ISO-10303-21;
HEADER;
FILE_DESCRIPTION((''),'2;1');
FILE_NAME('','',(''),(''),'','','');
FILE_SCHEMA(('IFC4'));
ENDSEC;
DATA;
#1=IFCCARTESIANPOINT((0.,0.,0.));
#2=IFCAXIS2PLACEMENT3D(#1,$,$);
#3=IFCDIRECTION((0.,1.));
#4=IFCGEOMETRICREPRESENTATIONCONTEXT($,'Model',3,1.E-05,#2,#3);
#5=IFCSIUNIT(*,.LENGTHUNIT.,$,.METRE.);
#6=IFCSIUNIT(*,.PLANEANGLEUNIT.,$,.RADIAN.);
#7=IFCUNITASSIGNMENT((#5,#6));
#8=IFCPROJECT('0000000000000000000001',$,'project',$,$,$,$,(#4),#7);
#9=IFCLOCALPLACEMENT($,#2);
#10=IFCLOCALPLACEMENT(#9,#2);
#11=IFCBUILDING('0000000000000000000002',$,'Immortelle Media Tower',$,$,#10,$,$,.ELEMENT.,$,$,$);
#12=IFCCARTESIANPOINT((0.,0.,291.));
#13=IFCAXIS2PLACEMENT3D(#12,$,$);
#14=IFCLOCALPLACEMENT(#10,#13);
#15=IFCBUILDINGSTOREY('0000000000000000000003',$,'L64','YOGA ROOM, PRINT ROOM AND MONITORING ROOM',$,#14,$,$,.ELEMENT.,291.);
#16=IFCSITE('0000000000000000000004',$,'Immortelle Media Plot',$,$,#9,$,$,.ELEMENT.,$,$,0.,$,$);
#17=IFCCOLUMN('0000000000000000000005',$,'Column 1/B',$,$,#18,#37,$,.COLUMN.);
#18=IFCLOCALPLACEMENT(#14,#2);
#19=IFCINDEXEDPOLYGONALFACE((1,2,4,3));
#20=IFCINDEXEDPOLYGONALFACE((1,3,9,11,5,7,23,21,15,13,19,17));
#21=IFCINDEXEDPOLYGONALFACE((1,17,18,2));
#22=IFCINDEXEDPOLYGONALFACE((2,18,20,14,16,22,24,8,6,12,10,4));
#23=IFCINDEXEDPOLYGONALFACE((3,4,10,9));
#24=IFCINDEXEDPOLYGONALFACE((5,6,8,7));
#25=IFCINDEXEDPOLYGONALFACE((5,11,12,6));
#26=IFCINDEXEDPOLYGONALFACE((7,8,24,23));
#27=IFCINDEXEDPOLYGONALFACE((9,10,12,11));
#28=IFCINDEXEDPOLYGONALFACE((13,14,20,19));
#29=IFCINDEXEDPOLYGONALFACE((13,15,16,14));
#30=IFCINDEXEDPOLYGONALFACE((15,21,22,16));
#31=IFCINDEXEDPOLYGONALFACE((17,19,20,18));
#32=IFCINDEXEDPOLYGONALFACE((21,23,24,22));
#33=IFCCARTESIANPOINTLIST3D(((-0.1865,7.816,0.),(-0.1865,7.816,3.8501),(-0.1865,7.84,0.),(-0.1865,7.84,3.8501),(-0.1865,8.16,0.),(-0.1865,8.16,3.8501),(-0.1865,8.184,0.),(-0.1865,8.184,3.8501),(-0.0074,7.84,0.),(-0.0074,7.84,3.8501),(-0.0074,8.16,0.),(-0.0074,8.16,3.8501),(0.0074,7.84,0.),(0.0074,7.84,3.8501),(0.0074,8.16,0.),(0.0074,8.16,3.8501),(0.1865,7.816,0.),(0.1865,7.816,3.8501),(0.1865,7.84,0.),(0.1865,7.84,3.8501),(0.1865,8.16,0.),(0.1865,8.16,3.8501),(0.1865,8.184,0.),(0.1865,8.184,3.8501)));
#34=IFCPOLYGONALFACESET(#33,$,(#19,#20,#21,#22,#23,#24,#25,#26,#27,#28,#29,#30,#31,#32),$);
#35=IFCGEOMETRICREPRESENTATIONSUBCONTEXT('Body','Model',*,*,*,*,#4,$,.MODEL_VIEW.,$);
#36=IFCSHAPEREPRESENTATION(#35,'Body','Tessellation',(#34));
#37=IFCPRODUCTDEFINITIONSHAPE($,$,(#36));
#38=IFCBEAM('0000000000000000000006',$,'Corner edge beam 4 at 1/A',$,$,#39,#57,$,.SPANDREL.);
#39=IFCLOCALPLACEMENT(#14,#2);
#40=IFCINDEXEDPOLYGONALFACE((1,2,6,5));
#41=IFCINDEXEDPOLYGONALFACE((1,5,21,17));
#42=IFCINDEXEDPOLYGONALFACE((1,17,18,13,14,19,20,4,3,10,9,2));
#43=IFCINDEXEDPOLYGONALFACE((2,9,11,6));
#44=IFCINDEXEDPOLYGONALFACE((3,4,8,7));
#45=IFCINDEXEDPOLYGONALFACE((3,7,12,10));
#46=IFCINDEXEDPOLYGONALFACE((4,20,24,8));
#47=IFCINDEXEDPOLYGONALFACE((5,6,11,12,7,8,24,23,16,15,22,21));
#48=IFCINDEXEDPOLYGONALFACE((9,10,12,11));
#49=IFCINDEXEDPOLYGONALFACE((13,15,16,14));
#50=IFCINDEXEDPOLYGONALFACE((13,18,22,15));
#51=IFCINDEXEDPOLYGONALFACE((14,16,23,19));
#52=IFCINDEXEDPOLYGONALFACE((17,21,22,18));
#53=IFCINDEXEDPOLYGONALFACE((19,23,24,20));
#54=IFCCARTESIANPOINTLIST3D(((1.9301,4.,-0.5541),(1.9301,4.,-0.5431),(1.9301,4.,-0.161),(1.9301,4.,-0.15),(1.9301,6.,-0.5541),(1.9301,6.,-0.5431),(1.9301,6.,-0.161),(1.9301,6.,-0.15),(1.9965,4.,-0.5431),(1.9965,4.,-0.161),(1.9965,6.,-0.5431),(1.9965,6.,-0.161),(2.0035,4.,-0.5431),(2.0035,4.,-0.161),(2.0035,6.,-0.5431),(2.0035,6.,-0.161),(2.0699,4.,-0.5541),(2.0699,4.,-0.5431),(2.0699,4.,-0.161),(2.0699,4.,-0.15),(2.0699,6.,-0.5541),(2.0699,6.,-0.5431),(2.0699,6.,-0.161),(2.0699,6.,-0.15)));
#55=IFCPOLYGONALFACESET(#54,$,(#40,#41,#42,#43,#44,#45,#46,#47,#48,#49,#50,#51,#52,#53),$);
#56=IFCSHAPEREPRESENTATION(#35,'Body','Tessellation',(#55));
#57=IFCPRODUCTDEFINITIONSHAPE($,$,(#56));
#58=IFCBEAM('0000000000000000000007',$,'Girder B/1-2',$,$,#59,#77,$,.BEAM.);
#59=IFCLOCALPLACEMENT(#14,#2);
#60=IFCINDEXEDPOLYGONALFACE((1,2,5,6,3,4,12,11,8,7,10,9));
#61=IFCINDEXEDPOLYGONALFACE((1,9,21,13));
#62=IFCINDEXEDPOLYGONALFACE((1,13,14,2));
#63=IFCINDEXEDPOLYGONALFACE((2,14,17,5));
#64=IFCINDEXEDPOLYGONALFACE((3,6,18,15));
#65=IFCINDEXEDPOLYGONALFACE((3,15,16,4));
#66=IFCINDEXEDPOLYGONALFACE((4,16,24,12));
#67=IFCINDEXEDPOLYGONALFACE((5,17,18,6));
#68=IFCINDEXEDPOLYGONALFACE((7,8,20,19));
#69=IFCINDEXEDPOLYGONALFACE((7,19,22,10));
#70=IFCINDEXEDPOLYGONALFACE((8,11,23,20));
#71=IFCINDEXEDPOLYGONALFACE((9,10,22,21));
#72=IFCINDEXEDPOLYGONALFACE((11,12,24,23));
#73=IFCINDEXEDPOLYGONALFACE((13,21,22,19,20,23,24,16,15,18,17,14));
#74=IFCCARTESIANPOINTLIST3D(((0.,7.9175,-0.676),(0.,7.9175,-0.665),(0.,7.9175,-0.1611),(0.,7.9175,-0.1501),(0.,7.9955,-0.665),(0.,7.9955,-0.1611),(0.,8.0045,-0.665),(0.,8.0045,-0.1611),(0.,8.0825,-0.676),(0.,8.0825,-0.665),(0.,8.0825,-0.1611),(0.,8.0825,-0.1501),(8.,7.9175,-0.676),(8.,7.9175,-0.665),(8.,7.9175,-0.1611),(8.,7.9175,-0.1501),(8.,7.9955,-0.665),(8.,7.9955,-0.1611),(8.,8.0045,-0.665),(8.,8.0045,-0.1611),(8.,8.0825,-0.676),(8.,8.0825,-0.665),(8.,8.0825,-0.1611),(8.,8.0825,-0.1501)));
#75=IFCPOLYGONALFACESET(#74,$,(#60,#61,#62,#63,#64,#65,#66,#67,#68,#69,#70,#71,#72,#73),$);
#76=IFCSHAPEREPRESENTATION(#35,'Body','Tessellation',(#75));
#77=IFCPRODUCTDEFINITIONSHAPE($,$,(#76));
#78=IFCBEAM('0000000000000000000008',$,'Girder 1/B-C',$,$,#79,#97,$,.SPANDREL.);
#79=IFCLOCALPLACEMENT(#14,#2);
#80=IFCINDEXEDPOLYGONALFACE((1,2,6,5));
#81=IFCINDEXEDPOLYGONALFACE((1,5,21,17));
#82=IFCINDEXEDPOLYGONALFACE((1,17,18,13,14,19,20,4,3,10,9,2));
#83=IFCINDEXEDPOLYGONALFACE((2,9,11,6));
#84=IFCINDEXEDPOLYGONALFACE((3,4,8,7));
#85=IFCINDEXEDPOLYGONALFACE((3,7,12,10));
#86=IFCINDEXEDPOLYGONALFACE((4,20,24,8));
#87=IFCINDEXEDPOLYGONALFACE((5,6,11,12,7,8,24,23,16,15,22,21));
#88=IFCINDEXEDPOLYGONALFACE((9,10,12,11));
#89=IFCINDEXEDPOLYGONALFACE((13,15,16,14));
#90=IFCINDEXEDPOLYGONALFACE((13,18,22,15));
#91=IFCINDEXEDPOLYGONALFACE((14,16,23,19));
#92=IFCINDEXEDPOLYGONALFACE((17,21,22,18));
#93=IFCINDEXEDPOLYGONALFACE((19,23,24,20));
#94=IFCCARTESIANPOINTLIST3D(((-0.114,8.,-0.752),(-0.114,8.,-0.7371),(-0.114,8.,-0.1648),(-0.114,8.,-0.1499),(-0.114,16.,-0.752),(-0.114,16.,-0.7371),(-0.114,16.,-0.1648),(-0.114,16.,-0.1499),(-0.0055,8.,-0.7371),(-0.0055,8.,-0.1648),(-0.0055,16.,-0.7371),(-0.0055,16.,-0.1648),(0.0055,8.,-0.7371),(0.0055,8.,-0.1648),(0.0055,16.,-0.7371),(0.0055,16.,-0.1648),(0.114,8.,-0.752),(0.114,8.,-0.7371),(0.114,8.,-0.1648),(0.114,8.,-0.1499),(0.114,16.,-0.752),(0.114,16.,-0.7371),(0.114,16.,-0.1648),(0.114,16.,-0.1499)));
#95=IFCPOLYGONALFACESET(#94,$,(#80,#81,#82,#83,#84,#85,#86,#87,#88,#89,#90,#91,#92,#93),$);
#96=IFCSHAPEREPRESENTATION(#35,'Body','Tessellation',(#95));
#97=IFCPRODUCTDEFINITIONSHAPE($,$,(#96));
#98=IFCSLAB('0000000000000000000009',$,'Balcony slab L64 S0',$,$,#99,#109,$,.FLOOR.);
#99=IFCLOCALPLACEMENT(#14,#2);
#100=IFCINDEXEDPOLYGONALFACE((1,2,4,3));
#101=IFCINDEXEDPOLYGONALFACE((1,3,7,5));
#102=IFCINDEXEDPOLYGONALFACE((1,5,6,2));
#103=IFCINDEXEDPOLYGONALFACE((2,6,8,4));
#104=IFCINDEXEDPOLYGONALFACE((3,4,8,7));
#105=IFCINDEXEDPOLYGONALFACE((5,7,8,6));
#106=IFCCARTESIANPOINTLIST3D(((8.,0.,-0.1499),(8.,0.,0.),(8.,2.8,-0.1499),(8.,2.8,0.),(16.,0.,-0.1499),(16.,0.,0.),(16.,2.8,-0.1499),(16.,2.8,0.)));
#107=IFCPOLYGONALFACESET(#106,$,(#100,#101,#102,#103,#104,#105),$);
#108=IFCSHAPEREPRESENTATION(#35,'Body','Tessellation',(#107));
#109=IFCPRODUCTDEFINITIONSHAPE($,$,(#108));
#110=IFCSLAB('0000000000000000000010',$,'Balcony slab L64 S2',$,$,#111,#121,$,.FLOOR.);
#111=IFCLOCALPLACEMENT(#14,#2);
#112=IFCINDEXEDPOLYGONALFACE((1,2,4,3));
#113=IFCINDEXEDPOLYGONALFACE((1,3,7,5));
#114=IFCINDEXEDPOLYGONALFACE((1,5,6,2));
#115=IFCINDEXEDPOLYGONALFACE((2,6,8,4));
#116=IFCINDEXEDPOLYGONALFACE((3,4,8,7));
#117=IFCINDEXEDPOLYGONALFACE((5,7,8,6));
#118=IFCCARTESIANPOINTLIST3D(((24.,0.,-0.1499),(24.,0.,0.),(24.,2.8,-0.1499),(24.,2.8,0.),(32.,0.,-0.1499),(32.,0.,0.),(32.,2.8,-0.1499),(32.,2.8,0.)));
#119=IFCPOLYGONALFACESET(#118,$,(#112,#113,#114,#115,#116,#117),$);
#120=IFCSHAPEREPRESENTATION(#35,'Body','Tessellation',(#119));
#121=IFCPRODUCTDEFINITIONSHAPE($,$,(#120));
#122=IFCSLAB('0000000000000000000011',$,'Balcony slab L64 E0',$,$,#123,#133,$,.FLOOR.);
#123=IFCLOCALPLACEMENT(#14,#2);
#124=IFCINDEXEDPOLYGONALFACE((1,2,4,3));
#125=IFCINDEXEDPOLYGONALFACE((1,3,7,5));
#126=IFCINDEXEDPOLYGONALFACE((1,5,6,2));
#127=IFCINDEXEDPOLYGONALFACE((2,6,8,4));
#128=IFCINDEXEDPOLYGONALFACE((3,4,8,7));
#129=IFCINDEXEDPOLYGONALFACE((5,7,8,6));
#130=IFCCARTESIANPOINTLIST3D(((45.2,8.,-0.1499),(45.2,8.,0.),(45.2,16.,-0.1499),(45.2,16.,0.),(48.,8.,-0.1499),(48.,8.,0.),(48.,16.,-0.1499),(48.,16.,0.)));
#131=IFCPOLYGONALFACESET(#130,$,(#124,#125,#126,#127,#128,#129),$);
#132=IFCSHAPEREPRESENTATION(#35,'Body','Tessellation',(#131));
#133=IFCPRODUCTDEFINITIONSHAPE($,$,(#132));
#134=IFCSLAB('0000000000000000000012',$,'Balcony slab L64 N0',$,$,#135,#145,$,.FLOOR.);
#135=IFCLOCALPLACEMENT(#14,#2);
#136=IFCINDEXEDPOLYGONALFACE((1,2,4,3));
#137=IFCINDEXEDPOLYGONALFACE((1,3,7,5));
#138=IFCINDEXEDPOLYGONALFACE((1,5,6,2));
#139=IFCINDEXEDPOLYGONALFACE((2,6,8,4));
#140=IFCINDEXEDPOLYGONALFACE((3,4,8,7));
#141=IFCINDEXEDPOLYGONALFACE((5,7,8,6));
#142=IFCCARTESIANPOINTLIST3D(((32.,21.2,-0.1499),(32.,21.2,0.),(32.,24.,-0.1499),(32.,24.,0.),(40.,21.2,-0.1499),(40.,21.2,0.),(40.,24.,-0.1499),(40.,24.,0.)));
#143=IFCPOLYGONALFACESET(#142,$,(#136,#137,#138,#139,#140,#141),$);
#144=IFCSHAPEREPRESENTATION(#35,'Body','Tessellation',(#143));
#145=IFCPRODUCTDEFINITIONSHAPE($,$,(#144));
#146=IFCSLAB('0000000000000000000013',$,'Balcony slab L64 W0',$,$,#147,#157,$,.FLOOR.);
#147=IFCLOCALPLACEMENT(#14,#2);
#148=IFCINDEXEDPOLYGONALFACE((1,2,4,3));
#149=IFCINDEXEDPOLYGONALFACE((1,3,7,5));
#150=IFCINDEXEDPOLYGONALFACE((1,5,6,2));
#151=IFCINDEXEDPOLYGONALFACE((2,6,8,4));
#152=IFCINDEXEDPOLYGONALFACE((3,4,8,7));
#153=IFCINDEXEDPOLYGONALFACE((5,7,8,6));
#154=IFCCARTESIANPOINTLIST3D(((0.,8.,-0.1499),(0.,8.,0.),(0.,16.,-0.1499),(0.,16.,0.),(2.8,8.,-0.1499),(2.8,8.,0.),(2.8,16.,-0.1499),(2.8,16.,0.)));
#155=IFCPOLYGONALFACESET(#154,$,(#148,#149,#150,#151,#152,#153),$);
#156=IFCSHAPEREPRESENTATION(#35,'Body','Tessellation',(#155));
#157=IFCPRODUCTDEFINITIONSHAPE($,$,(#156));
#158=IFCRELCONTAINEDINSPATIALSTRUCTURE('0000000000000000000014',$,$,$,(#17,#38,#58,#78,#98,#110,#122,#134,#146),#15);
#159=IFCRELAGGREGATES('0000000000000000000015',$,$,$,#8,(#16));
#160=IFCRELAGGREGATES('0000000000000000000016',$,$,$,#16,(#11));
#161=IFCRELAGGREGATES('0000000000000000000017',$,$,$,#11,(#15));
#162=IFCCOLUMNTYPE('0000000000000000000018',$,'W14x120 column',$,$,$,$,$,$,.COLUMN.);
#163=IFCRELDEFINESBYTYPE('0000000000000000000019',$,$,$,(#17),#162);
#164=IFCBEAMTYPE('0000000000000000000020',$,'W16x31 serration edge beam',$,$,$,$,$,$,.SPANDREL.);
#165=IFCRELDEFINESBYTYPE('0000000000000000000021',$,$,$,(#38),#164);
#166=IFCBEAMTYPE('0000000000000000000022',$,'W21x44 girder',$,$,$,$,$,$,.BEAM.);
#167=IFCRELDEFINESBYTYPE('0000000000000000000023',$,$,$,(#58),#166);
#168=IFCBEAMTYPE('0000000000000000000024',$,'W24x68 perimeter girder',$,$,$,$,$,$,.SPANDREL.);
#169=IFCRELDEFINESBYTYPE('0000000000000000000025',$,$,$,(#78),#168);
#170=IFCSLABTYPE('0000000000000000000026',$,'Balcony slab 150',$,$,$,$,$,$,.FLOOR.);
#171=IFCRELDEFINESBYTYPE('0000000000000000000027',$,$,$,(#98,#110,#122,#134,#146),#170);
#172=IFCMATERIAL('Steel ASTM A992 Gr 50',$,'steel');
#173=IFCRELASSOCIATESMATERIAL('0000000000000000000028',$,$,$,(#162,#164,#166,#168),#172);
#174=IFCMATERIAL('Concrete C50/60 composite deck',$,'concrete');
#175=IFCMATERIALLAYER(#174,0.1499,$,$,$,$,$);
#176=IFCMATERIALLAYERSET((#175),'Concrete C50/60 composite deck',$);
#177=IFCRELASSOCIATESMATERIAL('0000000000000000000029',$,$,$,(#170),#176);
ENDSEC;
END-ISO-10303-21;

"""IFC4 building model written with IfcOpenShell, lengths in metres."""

from ifc_helpers import new_model, si_unit, direction, frame, origin, origin_2d, place, context, subcontext, project, spatial, polyline, i_section, outline, extrude, material, layer, layer_set, material_profile, profile_set, type_object, element, save


model = new_model("IFC4")

# Units and contexts
model_context = context("Model", 3, precision=1e-05, world=origin(), true_north=direction((0.0, 1.0)))
body_context = subcontext(model_context, "Body", "Model", "MODEL_VIEW")
ifc_project = project(units=[si_unit("LENGTHUNIT", "METRE"), si_unit("PLANEANGLEUNIT", "RADIAN")], contexts=[model_context])

# Site, building, storey
site_placement = place(None, origin())
site = spatial("IfcSite", under=ifc_project, at=site_placement, Name="Immortelle Media Plot", CompositionType="ELEMENT", RefElevation=0.0)
building_placement = place(site_placement, origin())
building = spatial("IfcBuilding", under=site, at=building_placement, Name="Immortelle Media Tower", CompositionType="ELEMENT")
storey_placement = place(building_placement, frame((0.0, 0.0, 291.0)))
storey = spatial("IfcBuildingStorey", under=building, at=storey_placement, Name="L64", Description="YOGA ROOM, PRINT ROOM AND MONITORING ROOM", CompositionType="ELEMENT", Elevation=291.0)

# Column
ifc_material_1 = material(Name="Steel ASTM A992 Gr 50", Category="steel")
ifc_material_profile_1 = material_profile(ifc_material_1, i_section(OverallWidth=0.373, OverallDepth=0.3679, WebThickness=0.0149, FlangeThickness=0.0239, at=origin_2d()), Name="W14x120")
ifc_profile_set_1 = profile_set([ifc_material_profile_1], Name="Steel ASTM A992 Gr 50")
column_type = type_object("IfcColumnType", Name="W14x120 column", PredefinedType="COLUMN", material=ifc_profile_set_1)
column_placement = place(storey_placement, frame((0.0, 8.0, 0.0), z_axis=(0.0, 0.0, 1.0), x_axis=(1.0, 0.0, 0.0)))
element("IfcColumn", 1, at=column_placement, inside=storey, type_object=column_type, Name="Column 1/B", PredefinedType="COLUMN", context=body_context, shape_type="SweptSolid", body=[
    extrude(i_section(OverallWidth=0.373, OverallDepth=0.3679, WebThickness=0.0149, FlangeThickness=0.0239, at=origin_2d()), origin(), (0.0, 0.0, 1.0), 3.8501),
])

# Beams
ifc_material_profile_2 = material_profile(ifc_material_1, i_section(OverallWidth=0.1399, OverallDepth=0.4041, WebThickness=0.0071, FlangeThickness=0.011, at=origin_2d()), Name="W16x31")
ifc_profile_set_2 = profile_set([ifc_material_profile_2], Name="Steel ASTM A992 Gr 50")
beam_type_1 = type_object("IfcBeamType", Name="W16x31 serration edge beam", PredefinedType="SPANDREL", material=ifc_profile_set_2)
beam_1_placement = place(storey_placement, frame((2.0, 4.0, -0.3521), z_axis=(0.0, 1.0, 0.0), x_axis=(-1.0, 0.0, 0.0)))
element("IfcBeam", 2, at=beam_1_placement, inside=storey, type_object=beam_type_1, Name="Corner edge beam 4 at 1/A", PredefinedType="SPANDREL", context=body_context, shape_type="SweptSolid", body=[
    extrude(i_section(OverallWidth=0.1399, OverallDepth=0.4041, WebThickness=0.0071, FlangeThickness=0.011, at=origin_2d()), origin(), (0.0, 0.0, 1.0), 2.0),
])
ifc_material_profile_3 = material_profile(ifc_material_1, i_section(OverallWidth=0.165, OverallDepth=0.5259, WebThickness=0.009, FlangeThickness=0.011, at=origin_2d()), Name="W21x44")
ifc_profile_set_3 = profile_set([ifc_material_profile_3], Name="Steel ASTM A992 Gr 50")
beam_type_2 = type_object("IfcBeamType", Name="W21x44 girder", PredefinedType="BEAM", material=ifc_profile_set_3)
beam_2_placement = place(storey_placement, frame((0.0, 8.0, -0.4131), z_axis=(1.0, 0.0, 0.0), x_axis=(0.0, 1.0, 0.0)))
element("IfcBeam", 3, at=beam_2_placement, inside=storey, type_object=beam_type_2, Name="Girder B/1-2", PredefinedType="BEAM", context=body_context, shape_type="SweptSolid", body=[
    extrude(i_section(OverallWidth=0.165, OverallDepth=0.5259, WebThickness=0.009, FlangeThickness=0.011, at=origin_2d()), origin(), (0.0, 0.0, 1.0), 8.0),
])
ifc_material_profile_4 = material_profile(ifc_material_1, i_section(OverallWidth=0.228, OverallDepth=0.6021, WebThickness=0.011, FlangeThickness=0.0149, at=origin_2d()), Name="W24x68")
ifc_profile_set_4 = profile_set([ifc_material_profile_4], Name="Steel ASTM A992 Gr 50")
beam_type_3 = type_object("IfcBeamType", Name="W24x68 perimeter girder", PredefinedType="SPANDREL", material=ifc_profile_set_4)
beam_3_placement = place(storey_placement, frame((0.0, 8.0, -0.4509), z_axis=(0.0, 1.0, 0.0), x_axis=(-1.0, 0.0, 0.0)))
element("IfcBeam", 4, at=beam_3_placement, inside=storey, type_object=beam_type_3, Name="Girder 1/B-C", PredefinedType="SPANDREL", context=body_context, shape_type="SweptSolid", body=[
    extrude(i_section(OverallWidth=0.228, OverallDepth=0.6021, WebThickness=0.011, FlangeThickness=0.0149, at=origin_2d()), origin(), (0.0, 0.0, 1.0), 8.0),
])

# Slabs
ifc_material_2 = material(Name="Concrete C50/60 composite deck", Category="concrete")
ifc_layer_1 = layer(ifc_material_2, 0.1499)
ifc_layer_set_1 = layer_set([ifc_layer_1], Name="Concrete C50/60 composite deck")
slab_type_1 = type_object("IfcSlabType", Name="Balcony slab 150", PredefinedType="FLOOR", material=ifc_layer_set_1)
slab_1_placement = place(storey_placement, frame((0.0, 0.0, -0.1499)))
element("IfcSlab", 5, at=slab_1_placement, inside=storey, type_object=slab_type_1, Name="Balcony slab L64 S0", PredefinedType="FLOOR", context=body_context, shape_type="SweptSolid", body=[
    extrude(outline(polyline([(16.0, 0.0), (16.0, 2.8), (8.0, 2.8), (8.0, 0.0), (16.0, 0.0)])), origin(), (0.0, 0.0, 1.0), 0.1499),
])
slab_2_placement = place(storey_placement, frame((0.0, 0.0, -0.1499)))
element("IfcSlab", 6, at=slab_2_placement, inside=storey, type_object=slab_type_1, Name="Balcony slab L64 S2", PredefinedType="FLOOR", context=body_context, shape_type="SweptSolid", body=[
    extrude(outline(polyline([(32.0, 0.0), (32.0, 2.8), (24.0, 2.8), (24.0, 0.0), (32.0, 0.0)])), origin(), (0.0, 0.0, 1.0), 0.1499),
])
slab_3_placement = place(storey_placement, frame((0.0, 0.0, -0.1499)))
element("IfcSlab", 7, at=slab_3_placement, inside=storey, type_object=slab_type_1, Name="Balcony slab L64 E0", PredefinedType="FLOOR", context=body_context, shape_type="SweptSolid", body=[
    extrude(outline(polyline([(48.0, 8.0), (48.0, 16.0), (45.2, 16.0), (45.2, 8.0), (48.0, 8.0)])), origin(), (0.0, 0.0, 1.0), 0.1499),
])
slab_4_placement = place(storey_placement, frame((0.0, 0.0, -0.1499)))
element("IfcSlab", 8, at=slab_4_placement, inside=storey, type_object=slab_type_1, Name="Balcony slab L64 N0", PredefinedType="FLOOR", context=body_context, shape_type="SweptSolid", body=[
    extrude(outline(polyline([(40.0, 21.2), (40.0, 24.0), (32.0, 24.0), (32.0, 21.2), (40.0, 21.2)])), origin(), (0.0, 0.0, 1.0), 0.1499),
])
slab_5_placement = place(storey_placement, frame((0.0, 0.0, -0.1499)))
element("IfcSlab", 9, at=slab_5_placement, inside=storey, type_object=slab_type_1, Name="Balcony slab L64 W0", PredefinedType="FLOOR", context=body_context, shape_type="SweptSolid", body=[
    extrude(outline(polyline([(2.8, 8.0), (2.8, 16.0), (0.0, 16.0), (0.0, 8.0), (2.8, 8.0)])), origin(), (0.0, 0.0, 1.0), 0.1499),
])

save(model, "model.ifc")
